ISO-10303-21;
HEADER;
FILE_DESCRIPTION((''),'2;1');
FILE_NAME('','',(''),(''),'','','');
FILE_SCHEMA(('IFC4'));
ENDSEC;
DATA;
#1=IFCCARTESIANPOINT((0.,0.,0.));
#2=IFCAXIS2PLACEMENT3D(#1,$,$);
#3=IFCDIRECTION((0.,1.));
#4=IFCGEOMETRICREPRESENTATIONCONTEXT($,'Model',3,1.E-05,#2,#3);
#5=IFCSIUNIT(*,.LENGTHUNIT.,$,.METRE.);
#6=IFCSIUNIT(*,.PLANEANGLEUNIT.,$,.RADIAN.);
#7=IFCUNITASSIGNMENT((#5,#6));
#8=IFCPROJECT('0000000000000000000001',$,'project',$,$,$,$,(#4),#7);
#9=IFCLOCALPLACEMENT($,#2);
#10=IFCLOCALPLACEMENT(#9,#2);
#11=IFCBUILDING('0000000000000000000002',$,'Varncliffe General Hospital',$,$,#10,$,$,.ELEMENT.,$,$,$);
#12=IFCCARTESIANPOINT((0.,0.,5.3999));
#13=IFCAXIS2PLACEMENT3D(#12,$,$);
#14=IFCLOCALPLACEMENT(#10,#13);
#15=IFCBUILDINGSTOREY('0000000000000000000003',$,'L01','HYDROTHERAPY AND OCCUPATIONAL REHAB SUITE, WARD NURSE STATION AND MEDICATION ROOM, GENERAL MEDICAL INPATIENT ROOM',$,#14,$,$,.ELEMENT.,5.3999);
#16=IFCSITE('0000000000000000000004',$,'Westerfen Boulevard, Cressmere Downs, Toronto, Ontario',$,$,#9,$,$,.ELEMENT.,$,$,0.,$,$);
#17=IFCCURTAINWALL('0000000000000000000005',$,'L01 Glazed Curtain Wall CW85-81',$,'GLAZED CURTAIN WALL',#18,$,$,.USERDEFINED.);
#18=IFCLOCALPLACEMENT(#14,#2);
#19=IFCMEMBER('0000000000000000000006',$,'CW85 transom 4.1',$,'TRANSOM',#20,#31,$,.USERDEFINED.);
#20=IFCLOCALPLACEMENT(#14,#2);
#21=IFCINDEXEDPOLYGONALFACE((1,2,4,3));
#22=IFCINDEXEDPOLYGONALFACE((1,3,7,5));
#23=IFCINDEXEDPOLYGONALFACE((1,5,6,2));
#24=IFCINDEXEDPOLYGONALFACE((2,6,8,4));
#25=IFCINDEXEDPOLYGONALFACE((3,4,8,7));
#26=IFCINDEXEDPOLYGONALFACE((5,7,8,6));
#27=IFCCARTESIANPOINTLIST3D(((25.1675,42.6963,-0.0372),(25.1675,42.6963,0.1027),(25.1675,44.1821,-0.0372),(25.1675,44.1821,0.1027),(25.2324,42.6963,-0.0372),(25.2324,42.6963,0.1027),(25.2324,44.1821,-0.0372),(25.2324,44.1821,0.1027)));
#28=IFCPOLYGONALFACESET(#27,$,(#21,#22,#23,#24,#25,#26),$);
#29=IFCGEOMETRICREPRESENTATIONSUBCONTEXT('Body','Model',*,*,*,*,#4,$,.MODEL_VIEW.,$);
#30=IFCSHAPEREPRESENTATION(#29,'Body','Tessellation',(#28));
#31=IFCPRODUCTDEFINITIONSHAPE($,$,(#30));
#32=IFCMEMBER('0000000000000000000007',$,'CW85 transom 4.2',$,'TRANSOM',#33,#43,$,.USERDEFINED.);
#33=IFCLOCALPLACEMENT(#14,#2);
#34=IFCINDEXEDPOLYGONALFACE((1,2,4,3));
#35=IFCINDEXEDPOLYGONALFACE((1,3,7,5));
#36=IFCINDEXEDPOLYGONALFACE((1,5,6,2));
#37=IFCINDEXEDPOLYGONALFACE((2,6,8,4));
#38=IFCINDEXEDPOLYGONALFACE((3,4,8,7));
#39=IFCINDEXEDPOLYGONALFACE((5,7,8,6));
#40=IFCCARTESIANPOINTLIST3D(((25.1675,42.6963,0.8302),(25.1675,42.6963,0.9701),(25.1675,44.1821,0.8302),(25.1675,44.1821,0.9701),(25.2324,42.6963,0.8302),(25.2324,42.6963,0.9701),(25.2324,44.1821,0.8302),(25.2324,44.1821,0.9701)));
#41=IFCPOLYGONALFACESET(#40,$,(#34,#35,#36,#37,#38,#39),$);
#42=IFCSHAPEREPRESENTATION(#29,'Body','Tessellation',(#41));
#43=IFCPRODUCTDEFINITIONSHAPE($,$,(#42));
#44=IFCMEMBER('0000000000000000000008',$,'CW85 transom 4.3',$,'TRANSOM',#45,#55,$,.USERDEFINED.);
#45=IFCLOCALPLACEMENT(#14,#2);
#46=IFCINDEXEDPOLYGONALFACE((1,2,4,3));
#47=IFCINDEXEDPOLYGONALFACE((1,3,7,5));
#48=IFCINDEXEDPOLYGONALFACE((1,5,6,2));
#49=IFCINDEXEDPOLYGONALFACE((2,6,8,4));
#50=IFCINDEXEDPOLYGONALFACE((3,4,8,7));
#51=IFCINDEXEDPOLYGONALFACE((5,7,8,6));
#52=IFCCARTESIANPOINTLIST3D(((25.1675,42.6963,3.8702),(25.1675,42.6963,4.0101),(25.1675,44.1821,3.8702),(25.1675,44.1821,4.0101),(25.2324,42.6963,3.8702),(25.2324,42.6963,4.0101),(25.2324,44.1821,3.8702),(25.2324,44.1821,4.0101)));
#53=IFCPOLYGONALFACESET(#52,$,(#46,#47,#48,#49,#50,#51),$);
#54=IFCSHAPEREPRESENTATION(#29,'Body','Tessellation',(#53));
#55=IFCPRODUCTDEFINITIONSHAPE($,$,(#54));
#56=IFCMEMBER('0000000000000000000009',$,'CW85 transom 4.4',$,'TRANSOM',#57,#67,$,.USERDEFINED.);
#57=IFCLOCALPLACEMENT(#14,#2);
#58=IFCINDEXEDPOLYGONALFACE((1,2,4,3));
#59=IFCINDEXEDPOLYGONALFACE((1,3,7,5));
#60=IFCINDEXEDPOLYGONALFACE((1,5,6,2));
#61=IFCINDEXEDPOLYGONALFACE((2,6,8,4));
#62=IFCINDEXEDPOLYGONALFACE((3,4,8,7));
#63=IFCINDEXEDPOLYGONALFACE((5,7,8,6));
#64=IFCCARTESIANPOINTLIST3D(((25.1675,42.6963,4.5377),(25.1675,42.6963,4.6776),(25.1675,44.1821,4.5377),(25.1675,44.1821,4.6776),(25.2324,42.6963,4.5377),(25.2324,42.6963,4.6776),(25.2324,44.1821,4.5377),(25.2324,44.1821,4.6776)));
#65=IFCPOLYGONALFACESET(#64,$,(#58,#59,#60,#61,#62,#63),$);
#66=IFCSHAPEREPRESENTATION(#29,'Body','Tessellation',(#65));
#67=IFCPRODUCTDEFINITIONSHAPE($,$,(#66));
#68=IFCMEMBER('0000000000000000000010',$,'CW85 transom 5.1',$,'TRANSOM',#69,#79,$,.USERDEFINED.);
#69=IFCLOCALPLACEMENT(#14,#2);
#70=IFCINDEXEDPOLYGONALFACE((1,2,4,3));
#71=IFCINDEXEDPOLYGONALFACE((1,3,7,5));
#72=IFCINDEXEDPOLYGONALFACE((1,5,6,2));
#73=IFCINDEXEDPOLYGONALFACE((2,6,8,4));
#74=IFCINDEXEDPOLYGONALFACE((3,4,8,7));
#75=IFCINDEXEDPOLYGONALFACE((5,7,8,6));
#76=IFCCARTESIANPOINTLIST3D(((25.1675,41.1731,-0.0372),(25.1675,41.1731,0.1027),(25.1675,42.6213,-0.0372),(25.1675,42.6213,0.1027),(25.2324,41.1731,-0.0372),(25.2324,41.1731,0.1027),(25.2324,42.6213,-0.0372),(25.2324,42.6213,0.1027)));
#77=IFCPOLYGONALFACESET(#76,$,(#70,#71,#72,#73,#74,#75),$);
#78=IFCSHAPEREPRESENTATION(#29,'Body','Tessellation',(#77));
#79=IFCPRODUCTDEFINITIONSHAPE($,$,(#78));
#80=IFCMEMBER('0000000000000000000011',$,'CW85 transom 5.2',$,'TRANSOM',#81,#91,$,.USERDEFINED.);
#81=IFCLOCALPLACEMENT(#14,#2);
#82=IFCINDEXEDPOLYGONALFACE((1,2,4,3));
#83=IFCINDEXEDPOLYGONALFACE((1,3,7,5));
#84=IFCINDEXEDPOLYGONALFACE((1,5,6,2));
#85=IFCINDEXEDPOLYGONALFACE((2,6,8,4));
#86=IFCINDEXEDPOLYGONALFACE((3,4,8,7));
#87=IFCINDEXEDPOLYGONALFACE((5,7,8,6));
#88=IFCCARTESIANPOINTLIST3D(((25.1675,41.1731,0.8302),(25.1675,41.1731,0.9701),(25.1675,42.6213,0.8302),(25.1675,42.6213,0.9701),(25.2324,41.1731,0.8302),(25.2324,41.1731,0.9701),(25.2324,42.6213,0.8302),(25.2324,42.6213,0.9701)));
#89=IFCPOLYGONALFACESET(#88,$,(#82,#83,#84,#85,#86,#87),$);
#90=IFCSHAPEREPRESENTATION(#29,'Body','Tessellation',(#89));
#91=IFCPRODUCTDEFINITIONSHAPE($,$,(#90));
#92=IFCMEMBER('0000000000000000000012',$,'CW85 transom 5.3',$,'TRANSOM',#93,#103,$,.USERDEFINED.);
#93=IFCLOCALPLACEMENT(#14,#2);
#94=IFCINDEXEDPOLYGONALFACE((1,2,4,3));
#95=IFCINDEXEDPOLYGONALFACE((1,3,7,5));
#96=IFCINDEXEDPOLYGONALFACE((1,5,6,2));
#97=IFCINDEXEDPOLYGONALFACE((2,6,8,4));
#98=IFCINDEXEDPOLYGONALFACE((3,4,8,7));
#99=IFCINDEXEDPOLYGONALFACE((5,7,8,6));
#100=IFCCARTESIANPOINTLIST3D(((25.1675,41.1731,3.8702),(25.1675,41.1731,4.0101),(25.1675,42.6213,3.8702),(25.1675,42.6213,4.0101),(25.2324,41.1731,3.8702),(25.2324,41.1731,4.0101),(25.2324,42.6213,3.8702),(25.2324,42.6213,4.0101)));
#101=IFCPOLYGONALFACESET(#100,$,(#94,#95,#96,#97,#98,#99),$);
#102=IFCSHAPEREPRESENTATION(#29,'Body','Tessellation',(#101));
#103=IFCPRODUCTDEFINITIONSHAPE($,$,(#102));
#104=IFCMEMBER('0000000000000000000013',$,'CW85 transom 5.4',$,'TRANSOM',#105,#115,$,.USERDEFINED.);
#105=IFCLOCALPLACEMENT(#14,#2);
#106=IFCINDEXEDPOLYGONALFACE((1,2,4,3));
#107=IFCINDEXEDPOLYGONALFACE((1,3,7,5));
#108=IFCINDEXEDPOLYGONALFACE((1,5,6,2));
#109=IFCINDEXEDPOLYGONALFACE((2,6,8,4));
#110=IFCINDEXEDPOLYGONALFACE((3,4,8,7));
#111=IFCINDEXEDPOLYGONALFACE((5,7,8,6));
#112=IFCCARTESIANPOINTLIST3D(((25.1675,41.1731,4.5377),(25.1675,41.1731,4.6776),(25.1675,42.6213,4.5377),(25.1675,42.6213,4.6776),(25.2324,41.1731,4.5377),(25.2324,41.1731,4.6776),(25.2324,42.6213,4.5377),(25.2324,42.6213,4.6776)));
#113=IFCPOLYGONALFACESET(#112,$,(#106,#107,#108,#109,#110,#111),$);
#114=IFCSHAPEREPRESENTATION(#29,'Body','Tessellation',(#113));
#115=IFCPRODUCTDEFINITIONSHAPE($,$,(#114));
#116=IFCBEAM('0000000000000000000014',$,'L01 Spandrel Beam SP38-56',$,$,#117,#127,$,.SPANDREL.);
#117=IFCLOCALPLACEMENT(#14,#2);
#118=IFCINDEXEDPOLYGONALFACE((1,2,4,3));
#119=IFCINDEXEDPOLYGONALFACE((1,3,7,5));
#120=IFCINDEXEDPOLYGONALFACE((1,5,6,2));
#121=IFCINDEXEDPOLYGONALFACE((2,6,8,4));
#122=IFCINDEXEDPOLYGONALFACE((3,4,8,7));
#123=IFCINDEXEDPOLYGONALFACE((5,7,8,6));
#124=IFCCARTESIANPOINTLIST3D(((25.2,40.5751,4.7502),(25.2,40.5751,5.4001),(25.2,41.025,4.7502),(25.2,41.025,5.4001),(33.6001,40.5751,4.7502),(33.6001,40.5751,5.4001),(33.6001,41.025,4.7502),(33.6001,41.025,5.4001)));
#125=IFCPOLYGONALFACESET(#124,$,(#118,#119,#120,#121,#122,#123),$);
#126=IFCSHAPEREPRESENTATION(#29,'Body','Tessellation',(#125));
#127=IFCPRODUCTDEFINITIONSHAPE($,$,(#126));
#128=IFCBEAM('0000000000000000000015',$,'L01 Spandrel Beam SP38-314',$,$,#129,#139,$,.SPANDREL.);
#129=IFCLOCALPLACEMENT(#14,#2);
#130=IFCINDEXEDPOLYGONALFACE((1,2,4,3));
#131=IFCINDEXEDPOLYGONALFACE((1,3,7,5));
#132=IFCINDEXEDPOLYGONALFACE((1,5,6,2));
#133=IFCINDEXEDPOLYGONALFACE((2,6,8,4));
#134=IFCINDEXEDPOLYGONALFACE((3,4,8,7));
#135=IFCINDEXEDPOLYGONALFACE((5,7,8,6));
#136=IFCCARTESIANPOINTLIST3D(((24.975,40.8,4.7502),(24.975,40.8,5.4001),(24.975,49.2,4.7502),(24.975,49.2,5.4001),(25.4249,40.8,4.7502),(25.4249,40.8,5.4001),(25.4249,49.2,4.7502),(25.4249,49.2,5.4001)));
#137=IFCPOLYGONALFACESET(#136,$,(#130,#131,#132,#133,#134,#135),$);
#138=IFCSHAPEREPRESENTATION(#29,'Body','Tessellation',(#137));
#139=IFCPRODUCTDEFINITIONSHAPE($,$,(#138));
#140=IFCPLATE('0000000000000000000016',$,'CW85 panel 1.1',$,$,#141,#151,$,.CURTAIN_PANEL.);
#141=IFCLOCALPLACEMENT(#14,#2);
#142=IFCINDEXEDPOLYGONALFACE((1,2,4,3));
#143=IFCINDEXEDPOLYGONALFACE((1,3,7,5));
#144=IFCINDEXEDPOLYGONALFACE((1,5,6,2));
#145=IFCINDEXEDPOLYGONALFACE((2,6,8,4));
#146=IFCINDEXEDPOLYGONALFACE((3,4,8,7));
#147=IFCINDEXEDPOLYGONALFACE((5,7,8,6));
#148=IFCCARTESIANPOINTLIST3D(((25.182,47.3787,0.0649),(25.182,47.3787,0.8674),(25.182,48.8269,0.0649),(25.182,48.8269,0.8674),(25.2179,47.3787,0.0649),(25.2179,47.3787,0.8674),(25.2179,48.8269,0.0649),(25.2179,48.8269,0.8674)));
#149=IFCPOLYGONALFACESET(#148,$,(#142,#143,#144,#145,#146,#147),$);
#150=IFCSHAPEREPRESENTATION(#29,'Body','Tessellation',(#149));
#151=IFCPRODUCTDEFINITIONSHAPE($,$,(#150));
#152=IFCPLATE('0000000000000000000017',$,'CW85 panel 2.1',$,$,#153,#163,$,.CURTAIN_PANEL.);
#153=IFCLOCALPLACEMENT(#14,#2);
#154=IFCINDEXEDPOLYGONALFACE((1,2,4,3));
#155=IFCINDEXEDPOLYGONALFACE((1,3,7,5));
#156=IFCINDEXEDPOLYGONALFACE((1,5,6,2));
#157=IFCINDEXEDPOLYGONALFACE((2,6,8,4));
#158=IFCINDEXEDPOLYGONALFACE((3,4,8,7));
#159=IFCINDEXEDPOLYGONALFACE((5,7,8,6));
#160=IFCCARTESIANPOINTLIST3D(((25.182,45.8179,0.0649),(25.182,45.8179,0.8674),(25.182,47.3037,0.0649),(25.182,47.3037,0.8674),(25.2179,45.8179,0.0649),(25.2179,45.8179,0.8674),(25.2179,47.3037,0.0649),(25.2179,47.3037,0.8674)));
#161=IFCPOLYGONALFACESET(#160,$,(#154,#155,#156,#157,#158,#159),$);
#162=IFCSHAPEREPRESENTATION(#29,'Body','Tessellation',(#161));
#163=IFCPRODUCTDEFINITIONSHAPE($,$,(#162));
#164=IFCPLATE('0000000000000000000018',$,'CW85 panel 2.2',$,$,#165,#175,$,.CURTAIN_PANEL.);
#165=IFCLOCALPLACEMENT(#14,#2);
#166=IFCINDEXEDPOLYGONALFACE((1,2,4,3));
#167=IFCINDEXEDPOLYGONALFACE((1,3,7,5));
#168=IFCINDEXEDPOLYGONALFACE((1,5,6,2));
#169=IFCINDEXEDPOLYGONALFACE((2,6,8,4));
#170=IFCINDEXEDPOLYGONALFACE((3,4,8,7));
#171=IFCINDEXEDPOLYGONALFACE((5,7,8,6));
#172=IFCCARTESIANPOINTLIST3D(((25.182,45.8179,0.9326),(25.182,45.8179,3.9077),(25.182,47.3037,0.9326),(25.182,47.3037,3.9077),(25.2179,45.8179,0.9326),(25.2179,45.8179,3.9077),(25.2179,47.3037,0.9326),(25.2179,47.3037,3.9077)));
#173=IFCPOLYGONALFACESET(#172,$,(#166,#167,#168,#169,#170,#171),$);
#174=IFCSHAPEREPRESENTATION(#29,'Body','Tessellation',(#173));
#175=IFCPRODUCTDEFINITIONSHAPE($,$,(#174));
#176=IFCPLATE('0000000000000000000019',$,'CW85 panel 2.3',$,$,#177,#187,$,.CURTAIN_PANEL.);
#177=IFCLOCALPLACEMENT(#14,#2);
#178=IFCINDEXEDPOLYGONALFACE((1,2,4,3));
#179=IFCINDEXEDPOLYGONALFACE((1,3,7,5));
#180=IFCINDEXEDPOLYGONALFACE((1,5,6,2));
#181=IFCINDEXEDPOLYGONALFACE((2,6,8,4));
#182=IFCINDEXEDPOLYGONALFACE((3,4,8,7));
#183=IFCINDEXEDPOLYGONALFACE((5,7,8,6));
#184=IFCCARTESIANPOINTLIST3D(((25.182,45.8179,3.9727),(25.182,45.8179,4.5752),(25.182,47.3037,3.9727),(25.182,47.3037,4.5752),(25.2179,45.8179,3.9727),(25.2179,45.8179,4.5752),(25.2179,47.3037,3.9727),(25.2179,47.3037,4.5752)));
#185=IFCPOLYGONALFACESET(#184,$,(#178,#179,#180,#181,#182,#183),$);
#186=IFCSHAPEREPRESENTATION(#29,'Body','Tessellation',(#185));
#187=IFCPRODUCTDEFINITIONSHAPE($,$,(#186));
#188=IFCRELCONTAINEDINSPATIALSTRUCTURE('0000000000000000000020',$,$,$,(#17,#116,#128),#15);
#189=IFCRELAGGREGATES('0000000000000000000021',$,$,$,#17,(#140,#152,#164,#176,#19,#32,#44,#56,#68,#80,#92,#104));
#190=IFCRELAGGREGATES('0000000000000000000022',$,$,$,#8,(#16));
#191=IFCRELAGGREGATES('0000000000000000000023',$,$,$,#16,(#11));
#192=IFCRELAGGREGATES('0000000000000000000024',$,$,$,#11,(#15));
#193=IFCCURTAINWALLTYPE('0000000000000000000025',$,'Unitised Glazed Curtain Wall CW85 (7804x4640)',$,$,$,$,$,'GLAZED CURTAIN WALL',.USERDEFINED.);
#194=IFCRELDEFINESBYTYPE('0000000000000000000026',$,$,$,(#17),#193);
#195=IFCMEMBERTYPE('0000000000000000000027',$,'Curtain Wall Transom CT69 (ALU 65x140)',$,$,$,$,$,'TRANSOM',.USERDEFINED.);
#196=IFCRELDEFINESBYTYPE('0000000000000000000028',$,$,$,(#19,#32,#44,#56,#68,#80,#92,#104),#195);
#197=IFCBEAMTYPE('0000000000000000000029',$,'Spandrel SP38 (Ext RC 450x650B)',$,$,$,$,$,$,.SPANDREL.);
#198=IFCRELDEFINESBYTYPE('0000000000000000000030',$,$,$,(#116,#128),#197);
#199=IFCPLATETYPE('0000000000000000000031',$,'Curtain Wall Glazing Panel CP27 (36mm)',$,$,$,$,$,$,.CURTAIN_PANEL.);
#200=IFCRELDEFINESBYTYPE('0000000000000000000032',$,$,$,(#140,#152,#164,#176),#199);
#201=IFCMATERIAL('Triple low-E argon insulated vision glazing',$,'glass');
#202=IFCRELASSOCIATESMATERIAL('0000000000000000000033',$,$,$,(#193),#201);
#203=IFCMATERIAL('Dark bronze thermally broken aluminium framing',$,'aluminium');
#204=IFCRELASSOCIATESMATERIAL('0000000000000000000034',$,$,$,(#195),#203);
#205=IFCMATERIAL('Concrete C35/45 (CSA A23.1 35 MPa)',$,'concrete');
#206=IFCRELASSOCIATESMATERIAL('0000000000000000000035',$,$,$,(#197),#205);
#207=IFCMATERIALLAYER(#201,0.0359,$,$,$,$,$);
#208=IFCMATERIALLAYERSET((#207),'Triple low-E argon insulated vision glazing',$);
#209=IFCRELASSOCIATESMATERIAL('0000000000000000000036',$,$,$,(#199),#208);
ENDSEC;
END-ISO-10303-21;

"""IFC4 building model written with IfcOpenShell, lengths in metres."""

from ifc_helpers import new_model, si_unit, direction, frame, origin, origin_2d, place, context, subcontext, project, spatial, rectangle, extrude, material, layer, layer_set, material_profile, profile_set, type_object, element, aggregate, save


model = new_model("IFC4")

# Units and contexts
model_context = context("Model", 3, precision=1e-05, world=origin(), true_north=direction((0.0, 1.0)))
body_context = subcontext(model_context, "Body", "Model", "MODEL_VIEW")
ifc_project = project(units=[si_unit("LENGTHUNIT", "METRE"), si_unit("PLANEANGLEUNIT", "RADIAN")], contexts=[model_context])

# Site, building, storey
site_placement = place(None, origin())
site = spatial("IfcSite", under=ifc_project, at=site_placement, Name="Westerfen Boulevard, Cressmere Downs, Toronto, Ontario", CompositionType="ELEMENT", RefElevation=0.0)
building_placement = place(site_placement, origin())
building = spatial("IfcBuilding", under=site, at=building_placement, Name="Varncliffe General Hospital", CompositionType="ELEMENT")
storey_placement = place(building_placement, frame((0.0, 0.0, 5.3999)))
storey = spatial("IfcBuildingStorey", under=building, at=storey_placement, Name="L01", Description="HYDROTHERAPY AND OCCUPATIONAL REHAB SUITE, WARD NURSE STATION AND MEDICATION ROOM, GENERAL MEDICAL INPATIENT ROOM", CompositionType="ELEMENT", Elevation=5.3999)

# Curtain wall, members
ifc_material_1 = material(Name="Triple low-E argon insulated vision glazing", Category="glass")
curtain_wall_type = type_object("IfcCurtainWallType", Name="Unitised Glazed Curtain Wall CW85 (7804x4640)", ElementType="GLAZED CURTAIN WALL", PredefinedType="USERDEFINED", material=ifc_material_1)
curtain_wall_placement = place(storey_placement, origin())
curtain_wall = element("IfcCurtainWall", 1, at=curtain_wall_placement, inside=storey, type_object=curtain_wall_type, Name="L01 Glazed Curtain Wall CW85-81", ObjectType="GLAZED CURTAIN WALL", PredefinedType="USERDEFINED")
ifc_material_2 = material(Name="Dark bronze thermally broken aluminium framing", Category="aluminium")
ifc_material_profile_1 = material_profile(ifc_material_2, rectangle(XDim=0.0649, YDim=0.1399, at=origin_2d()), Name="ALU 65x140")
ifc_profile_set_1 = profile_set([ifc_material_profile_1], Name="Dark bronze thermally broken aluminium framing")
member_type_1 = type_object("IfcMemberType", Name="Curtain Wall Transom CT69 (ALU 65x140)", ElementType="TRANSOM", PredefinedType="USERDEFINED", material=ifc_profile_set_1)
member_1_placement = place(storey_placement, frame((25.2, 44.1821, 0.0327), z_axis=(0.0, -1.0, 0.0), x_axis=(1.0, 0.0, 0.0)))
member_1 = element("IfcMember", 2, at=member_1_placement, type_object=member_type_1, Name="CW85 transom 4.1", ObjectType="TRANSOM", PredefinedType="USERDEFINED", context=body_context, shape_type="SweptSolid", body=[
    extrude(rectangle(XDim=0.0649, YDim=0.1399, at=origin_2d()), origin(), (0.0, 0.0, 1.0), 1.4858),
])
member_2_placement = place(storey_placement, frame((25.2, 44.1821, 0.9001), z_axis=(0.0, -1.0, 0.0), x_axis=(1.0, 0.0, 0.0)))
member_2 = element("IfcMember", 3, at=member_2_placement, type_object=member_type_1, Name="CW85 transom 4.2", ObjectType="TRANSOM", PredefinedType="USERDEFINED", context=body_context, shape_type="SweptSolid", body=[
    extrude(rectangle(XDim=0.0649, YDim=0.1399, at=origin_2d()), origin(), (0.0, 0.0, 1.0), 1.4858),
])
member_3_placement = place(storey_placement, frame((25.2, 44.1821, 3.9402), z_axis=(0.0, -1.0, 0.0), x_axis=(1.0, 0.0, 0.0)))
member_3 = element("IfcMember", 4, at=member_3_placement, type_object=member_type_1, Name="CW85 transom 4.3", ObjectType="TRANSOM", PredefinedType="USERDEFINED", context=body_context, shape_type="SweptSolid", body=[
    extrude(rectangle(XDim=0.0649, YDim=0.1399, at=origin_2d()), origin(), (0.0, 0.0, 1.0), 1.4858),
])
member_4_placement = place(storey_placement, frame((25.2, 44.1821, 4.6077), z_axis=(0.0, -1.0, 0.0), x_axis=(1.0, 0.0, 0.0)))
member_4 = element("IfcMember", 5, at=member_4_placement, type_object=member_type_1, Name="CW85 transom 4.4", ObjectType="TRANSOM", PredefinedType="USERDEFINED", context=body_context, shape_type="SweptSolid", body=[
    extrude(rectangle(XDim=0.0649, YDim=0.1399, at=origin_2d()), origin(), (0.0, 0.0, 1.0), 1.4858),
])
member_5_placement = place(storey_placement, frame((25.2, 42.6213, 0.0327), z_axis=(0.0, -1.0, 0.0), x_axis=(1.0, 0.0, 0.0)))
member_5 = element("IfcMember", 6, at=member_5_placement, type_object=member_type_1, Name="CW85 transom 5.1", ObjectType="TRANSOM", PredefinedType="USERDEFINED", context=body_context, shape_type="SweptSolid", body=[
    extrude(rectangle(XDim=0.0649, YDim=0.1399, at=origin_2d()), origin(), (0.0, 0.0, 1.0), 1.4482),
])
member_6_placement = place(storey_placement, frame((25.2, 42.6213, 0.9001), z_axis=(0.0, -1.0, 0.0), x_axis=(1.0, 0.0, 0.0)))
member_6 = element("IfcMember", 7, at=member_6_placement, type_object=member_type_1, Name="CW85 transom 5.2", ObjectType="TRANSOM", PredefinedType="USERDEFINED", context=body_context, shape_type="SweptSolid", body=[
    extrude(rectangle(XDim=0.0649, YDim=0.1399, at=origin_2d()), origin(), (0.0, 0.0, 1.0), 1.4482),
])
member_7_placement = place(storey_placement, frame((25.2, 42.6213, 3.9402), z_axis=(0.0, -1.0, 0.0), x_axis=(1.0, 0.0, 0.0)))
member_7 = element("IfcMember", 8, at=member_7_placement, type_object=member_type_1, Name="CW85 transom 5.3", ObjectType="TRANSOM", PredefinedType="USERDEFINED", context=body_context, shape_type="SweptSolid", body=[
    extrude(rectangle(XDim=0.0649, YDim=0.1399, at=origin_2d()), origin(), (0.0, 0.0, 1.0), 1.4482),
])
member_8_placement = place(storey_placement, frame((25.2, 42.6213, 4.6077), z_axis=(0.0, -1.0, 0.0), x_axis=(1.0, 0.0, 0.0)))
member_8 = element("IfcMember", 9, at=member_8_placement, type_object=member_type_1, Name="CW85 transom 5.4", ObjectType="TRANSOM", PredefinedType="USERDEFINED", context=body_context, shape_type="SweptSolid", body=[
    extrude(rectangle(XDim=0.0649, YDim=0.1399, at=origin_2d()), origin(), (0.0, 0.0, 1.0), 1.4482),
])

# Beams
ifc_material_3 = material(Name="Concrete C35/45 (CSA A23.1 35 MPa)", Category="concrete")
ifc_material_profile_2 = material_profile(ifc_material_3, rectangle(XDim=0.45, YDim=0.6499, at=origin_2d()), Name="RC 450x650")
ifc_profile_set_2 = profile_set([ifc_material_profile_2], Name="Concrete C35/45 (CSA A23.1 35 MPa)")
beam_type = type_object("IfcBeamType", Name="Spandrel SP38 (Ext RC 450x650B)", PredefinedType="SPANDREL", material=ifc_profile_set_2)
beam_1_placement = place(storey_placement, frame((25.2, 40.8, 5.0752), z_axis=(1.0, 0.0, 0.0), x_axis=(0.0, 1.0, 0.0)))
element("IfcBeam", 10, at=beam_1_placement, inside=storey, type_object=beam_type, Name="L01 Spandrel Beam SP38-56", PredefinedType="SPANDREL", context=body_context, shape_type="SweptSolid", body=[
    extrude(rectangle(XDim=0.45, YDim=0.6499, at=origin_2d()), origin(), (0.0, 0.0, 1.0), 8.4001),
])
beam_2_placement = place(storey_placement, frame((25.2, 40.8, 5.0752), z_axis=(0.0, 1.0, 0.0), x_axis=(-1.0, 0.0, 0.0)))
element("IfcBeam", 11, at=beam_2_placement, inside=storey, type_object=beam_type, Name="L01 Spandrel Beam SP38-314", PredefinedType="SPANDREL", context=body_context, shape_type="SweptSolid", body=[
    extrude(rectangle(XDim=0.45, YDim=0.6499, at=origin_2d()), origin(), (0.0, 0.0, 1.0), 8.3999),
])

# Plates
ifc_layer_1 = layer(ifc_material_1, 0.0359)
ifc_layer_set_1 = layer_set([ifc_layer_1], Name="Triple low-E argon insulated vision glazing")
plate_type = type_object("IfcPlateType", Name="Curtain Wall Glazing Panel CP27 (36mm)", PredefinedType="CURTAIN_PANEL", material=ifc_layer_set_1)
plate_1_placement = place(storey_placement, frame((25.2, 48.1028, 0.0649), z_axis=(0.0, 0.0, 1.0), x_axis=(0.0, -1.0, 0.0)))
plate_1 = element("IfcPlate", 12, at=plate_1_placement, type_object=plate_type, Name="CW85 panel 1.1", PredefinedType="CURTAIN_PANEL", context=body_context, shape_type="SweptSolid", body=[
    extrude(rectangle(XDim=1.4482, YDim=0.0359, at=origin_2d()), origin(), (0.0, 0.0, 1.0), 0.8025),
])
plate_2_placement = place(storey_placement, frame((25.2, 46.5608, 0.0649), z_axis=(0.0, 0.0, 1.0), x_axis=(0.0, -1.0, 0.0)))
plate_2 = element("IfcPlate", 13, at=plate_2_placement, type_object=plate_type, Name="CW85 panel 2.1", PredefinedType="CURTAIN_PANEL", context=body_context, shape_type="SweptSolid", body=[
    extrude(rectangle(XDim=1.4858, YDim=0.0359, at=origin_2d()), origin(), (0.0, 0.0, 1.0), 0.8025),
])
plate_3_placement = place(storey_placement, frame((25.2, 46.5608, 0.9326), z_axis=(0.0, 0.0, 1.0), x_axis=(0.0, -1.0, 0.0)))
plate_3 = element("IfcPlate", 14, at=plate_3_placement, type_object=plate_type, Name="CW85 panel 2.2", PredefinedType="CURTAIN_PANEL", context=body_context, shape_type="SweptSolid", body=[
    extrude(rectangle(XDim=1.4858, YDim=0.0359, at=origin_2d()), origin(), (0.0, 0.0, 1.0), 2.9751),
])
plate_4_placement = place(storey_placement, frame((25.2, 46.5608, 3.9727), z_axis=(0.0, 0.0, 1.0), x_axis=(0.0, -1.0, 0.0)))
plate_4 = element("IfcPlate", 15, at=plate_4_placement, type_object=plate_type, Name="CW85 panel 2.3", PredefinedType="CURTAIN_PANEL", context=body_context, shape_type="SweptSolid", body=[
    extrude(rectangle(XDim=1.4858, YDim=0.0359, at=origin_2d()), origin(), (0.0, 0.0, 1.0), 0.6025),
])
aggregate(curtain_wall, [plate_1, plate_2, plate_3, plate_4, member_1, member_2, member_3, member_4, member_5, member_6, member_7, member_8])

save(model, "model.ifc")
